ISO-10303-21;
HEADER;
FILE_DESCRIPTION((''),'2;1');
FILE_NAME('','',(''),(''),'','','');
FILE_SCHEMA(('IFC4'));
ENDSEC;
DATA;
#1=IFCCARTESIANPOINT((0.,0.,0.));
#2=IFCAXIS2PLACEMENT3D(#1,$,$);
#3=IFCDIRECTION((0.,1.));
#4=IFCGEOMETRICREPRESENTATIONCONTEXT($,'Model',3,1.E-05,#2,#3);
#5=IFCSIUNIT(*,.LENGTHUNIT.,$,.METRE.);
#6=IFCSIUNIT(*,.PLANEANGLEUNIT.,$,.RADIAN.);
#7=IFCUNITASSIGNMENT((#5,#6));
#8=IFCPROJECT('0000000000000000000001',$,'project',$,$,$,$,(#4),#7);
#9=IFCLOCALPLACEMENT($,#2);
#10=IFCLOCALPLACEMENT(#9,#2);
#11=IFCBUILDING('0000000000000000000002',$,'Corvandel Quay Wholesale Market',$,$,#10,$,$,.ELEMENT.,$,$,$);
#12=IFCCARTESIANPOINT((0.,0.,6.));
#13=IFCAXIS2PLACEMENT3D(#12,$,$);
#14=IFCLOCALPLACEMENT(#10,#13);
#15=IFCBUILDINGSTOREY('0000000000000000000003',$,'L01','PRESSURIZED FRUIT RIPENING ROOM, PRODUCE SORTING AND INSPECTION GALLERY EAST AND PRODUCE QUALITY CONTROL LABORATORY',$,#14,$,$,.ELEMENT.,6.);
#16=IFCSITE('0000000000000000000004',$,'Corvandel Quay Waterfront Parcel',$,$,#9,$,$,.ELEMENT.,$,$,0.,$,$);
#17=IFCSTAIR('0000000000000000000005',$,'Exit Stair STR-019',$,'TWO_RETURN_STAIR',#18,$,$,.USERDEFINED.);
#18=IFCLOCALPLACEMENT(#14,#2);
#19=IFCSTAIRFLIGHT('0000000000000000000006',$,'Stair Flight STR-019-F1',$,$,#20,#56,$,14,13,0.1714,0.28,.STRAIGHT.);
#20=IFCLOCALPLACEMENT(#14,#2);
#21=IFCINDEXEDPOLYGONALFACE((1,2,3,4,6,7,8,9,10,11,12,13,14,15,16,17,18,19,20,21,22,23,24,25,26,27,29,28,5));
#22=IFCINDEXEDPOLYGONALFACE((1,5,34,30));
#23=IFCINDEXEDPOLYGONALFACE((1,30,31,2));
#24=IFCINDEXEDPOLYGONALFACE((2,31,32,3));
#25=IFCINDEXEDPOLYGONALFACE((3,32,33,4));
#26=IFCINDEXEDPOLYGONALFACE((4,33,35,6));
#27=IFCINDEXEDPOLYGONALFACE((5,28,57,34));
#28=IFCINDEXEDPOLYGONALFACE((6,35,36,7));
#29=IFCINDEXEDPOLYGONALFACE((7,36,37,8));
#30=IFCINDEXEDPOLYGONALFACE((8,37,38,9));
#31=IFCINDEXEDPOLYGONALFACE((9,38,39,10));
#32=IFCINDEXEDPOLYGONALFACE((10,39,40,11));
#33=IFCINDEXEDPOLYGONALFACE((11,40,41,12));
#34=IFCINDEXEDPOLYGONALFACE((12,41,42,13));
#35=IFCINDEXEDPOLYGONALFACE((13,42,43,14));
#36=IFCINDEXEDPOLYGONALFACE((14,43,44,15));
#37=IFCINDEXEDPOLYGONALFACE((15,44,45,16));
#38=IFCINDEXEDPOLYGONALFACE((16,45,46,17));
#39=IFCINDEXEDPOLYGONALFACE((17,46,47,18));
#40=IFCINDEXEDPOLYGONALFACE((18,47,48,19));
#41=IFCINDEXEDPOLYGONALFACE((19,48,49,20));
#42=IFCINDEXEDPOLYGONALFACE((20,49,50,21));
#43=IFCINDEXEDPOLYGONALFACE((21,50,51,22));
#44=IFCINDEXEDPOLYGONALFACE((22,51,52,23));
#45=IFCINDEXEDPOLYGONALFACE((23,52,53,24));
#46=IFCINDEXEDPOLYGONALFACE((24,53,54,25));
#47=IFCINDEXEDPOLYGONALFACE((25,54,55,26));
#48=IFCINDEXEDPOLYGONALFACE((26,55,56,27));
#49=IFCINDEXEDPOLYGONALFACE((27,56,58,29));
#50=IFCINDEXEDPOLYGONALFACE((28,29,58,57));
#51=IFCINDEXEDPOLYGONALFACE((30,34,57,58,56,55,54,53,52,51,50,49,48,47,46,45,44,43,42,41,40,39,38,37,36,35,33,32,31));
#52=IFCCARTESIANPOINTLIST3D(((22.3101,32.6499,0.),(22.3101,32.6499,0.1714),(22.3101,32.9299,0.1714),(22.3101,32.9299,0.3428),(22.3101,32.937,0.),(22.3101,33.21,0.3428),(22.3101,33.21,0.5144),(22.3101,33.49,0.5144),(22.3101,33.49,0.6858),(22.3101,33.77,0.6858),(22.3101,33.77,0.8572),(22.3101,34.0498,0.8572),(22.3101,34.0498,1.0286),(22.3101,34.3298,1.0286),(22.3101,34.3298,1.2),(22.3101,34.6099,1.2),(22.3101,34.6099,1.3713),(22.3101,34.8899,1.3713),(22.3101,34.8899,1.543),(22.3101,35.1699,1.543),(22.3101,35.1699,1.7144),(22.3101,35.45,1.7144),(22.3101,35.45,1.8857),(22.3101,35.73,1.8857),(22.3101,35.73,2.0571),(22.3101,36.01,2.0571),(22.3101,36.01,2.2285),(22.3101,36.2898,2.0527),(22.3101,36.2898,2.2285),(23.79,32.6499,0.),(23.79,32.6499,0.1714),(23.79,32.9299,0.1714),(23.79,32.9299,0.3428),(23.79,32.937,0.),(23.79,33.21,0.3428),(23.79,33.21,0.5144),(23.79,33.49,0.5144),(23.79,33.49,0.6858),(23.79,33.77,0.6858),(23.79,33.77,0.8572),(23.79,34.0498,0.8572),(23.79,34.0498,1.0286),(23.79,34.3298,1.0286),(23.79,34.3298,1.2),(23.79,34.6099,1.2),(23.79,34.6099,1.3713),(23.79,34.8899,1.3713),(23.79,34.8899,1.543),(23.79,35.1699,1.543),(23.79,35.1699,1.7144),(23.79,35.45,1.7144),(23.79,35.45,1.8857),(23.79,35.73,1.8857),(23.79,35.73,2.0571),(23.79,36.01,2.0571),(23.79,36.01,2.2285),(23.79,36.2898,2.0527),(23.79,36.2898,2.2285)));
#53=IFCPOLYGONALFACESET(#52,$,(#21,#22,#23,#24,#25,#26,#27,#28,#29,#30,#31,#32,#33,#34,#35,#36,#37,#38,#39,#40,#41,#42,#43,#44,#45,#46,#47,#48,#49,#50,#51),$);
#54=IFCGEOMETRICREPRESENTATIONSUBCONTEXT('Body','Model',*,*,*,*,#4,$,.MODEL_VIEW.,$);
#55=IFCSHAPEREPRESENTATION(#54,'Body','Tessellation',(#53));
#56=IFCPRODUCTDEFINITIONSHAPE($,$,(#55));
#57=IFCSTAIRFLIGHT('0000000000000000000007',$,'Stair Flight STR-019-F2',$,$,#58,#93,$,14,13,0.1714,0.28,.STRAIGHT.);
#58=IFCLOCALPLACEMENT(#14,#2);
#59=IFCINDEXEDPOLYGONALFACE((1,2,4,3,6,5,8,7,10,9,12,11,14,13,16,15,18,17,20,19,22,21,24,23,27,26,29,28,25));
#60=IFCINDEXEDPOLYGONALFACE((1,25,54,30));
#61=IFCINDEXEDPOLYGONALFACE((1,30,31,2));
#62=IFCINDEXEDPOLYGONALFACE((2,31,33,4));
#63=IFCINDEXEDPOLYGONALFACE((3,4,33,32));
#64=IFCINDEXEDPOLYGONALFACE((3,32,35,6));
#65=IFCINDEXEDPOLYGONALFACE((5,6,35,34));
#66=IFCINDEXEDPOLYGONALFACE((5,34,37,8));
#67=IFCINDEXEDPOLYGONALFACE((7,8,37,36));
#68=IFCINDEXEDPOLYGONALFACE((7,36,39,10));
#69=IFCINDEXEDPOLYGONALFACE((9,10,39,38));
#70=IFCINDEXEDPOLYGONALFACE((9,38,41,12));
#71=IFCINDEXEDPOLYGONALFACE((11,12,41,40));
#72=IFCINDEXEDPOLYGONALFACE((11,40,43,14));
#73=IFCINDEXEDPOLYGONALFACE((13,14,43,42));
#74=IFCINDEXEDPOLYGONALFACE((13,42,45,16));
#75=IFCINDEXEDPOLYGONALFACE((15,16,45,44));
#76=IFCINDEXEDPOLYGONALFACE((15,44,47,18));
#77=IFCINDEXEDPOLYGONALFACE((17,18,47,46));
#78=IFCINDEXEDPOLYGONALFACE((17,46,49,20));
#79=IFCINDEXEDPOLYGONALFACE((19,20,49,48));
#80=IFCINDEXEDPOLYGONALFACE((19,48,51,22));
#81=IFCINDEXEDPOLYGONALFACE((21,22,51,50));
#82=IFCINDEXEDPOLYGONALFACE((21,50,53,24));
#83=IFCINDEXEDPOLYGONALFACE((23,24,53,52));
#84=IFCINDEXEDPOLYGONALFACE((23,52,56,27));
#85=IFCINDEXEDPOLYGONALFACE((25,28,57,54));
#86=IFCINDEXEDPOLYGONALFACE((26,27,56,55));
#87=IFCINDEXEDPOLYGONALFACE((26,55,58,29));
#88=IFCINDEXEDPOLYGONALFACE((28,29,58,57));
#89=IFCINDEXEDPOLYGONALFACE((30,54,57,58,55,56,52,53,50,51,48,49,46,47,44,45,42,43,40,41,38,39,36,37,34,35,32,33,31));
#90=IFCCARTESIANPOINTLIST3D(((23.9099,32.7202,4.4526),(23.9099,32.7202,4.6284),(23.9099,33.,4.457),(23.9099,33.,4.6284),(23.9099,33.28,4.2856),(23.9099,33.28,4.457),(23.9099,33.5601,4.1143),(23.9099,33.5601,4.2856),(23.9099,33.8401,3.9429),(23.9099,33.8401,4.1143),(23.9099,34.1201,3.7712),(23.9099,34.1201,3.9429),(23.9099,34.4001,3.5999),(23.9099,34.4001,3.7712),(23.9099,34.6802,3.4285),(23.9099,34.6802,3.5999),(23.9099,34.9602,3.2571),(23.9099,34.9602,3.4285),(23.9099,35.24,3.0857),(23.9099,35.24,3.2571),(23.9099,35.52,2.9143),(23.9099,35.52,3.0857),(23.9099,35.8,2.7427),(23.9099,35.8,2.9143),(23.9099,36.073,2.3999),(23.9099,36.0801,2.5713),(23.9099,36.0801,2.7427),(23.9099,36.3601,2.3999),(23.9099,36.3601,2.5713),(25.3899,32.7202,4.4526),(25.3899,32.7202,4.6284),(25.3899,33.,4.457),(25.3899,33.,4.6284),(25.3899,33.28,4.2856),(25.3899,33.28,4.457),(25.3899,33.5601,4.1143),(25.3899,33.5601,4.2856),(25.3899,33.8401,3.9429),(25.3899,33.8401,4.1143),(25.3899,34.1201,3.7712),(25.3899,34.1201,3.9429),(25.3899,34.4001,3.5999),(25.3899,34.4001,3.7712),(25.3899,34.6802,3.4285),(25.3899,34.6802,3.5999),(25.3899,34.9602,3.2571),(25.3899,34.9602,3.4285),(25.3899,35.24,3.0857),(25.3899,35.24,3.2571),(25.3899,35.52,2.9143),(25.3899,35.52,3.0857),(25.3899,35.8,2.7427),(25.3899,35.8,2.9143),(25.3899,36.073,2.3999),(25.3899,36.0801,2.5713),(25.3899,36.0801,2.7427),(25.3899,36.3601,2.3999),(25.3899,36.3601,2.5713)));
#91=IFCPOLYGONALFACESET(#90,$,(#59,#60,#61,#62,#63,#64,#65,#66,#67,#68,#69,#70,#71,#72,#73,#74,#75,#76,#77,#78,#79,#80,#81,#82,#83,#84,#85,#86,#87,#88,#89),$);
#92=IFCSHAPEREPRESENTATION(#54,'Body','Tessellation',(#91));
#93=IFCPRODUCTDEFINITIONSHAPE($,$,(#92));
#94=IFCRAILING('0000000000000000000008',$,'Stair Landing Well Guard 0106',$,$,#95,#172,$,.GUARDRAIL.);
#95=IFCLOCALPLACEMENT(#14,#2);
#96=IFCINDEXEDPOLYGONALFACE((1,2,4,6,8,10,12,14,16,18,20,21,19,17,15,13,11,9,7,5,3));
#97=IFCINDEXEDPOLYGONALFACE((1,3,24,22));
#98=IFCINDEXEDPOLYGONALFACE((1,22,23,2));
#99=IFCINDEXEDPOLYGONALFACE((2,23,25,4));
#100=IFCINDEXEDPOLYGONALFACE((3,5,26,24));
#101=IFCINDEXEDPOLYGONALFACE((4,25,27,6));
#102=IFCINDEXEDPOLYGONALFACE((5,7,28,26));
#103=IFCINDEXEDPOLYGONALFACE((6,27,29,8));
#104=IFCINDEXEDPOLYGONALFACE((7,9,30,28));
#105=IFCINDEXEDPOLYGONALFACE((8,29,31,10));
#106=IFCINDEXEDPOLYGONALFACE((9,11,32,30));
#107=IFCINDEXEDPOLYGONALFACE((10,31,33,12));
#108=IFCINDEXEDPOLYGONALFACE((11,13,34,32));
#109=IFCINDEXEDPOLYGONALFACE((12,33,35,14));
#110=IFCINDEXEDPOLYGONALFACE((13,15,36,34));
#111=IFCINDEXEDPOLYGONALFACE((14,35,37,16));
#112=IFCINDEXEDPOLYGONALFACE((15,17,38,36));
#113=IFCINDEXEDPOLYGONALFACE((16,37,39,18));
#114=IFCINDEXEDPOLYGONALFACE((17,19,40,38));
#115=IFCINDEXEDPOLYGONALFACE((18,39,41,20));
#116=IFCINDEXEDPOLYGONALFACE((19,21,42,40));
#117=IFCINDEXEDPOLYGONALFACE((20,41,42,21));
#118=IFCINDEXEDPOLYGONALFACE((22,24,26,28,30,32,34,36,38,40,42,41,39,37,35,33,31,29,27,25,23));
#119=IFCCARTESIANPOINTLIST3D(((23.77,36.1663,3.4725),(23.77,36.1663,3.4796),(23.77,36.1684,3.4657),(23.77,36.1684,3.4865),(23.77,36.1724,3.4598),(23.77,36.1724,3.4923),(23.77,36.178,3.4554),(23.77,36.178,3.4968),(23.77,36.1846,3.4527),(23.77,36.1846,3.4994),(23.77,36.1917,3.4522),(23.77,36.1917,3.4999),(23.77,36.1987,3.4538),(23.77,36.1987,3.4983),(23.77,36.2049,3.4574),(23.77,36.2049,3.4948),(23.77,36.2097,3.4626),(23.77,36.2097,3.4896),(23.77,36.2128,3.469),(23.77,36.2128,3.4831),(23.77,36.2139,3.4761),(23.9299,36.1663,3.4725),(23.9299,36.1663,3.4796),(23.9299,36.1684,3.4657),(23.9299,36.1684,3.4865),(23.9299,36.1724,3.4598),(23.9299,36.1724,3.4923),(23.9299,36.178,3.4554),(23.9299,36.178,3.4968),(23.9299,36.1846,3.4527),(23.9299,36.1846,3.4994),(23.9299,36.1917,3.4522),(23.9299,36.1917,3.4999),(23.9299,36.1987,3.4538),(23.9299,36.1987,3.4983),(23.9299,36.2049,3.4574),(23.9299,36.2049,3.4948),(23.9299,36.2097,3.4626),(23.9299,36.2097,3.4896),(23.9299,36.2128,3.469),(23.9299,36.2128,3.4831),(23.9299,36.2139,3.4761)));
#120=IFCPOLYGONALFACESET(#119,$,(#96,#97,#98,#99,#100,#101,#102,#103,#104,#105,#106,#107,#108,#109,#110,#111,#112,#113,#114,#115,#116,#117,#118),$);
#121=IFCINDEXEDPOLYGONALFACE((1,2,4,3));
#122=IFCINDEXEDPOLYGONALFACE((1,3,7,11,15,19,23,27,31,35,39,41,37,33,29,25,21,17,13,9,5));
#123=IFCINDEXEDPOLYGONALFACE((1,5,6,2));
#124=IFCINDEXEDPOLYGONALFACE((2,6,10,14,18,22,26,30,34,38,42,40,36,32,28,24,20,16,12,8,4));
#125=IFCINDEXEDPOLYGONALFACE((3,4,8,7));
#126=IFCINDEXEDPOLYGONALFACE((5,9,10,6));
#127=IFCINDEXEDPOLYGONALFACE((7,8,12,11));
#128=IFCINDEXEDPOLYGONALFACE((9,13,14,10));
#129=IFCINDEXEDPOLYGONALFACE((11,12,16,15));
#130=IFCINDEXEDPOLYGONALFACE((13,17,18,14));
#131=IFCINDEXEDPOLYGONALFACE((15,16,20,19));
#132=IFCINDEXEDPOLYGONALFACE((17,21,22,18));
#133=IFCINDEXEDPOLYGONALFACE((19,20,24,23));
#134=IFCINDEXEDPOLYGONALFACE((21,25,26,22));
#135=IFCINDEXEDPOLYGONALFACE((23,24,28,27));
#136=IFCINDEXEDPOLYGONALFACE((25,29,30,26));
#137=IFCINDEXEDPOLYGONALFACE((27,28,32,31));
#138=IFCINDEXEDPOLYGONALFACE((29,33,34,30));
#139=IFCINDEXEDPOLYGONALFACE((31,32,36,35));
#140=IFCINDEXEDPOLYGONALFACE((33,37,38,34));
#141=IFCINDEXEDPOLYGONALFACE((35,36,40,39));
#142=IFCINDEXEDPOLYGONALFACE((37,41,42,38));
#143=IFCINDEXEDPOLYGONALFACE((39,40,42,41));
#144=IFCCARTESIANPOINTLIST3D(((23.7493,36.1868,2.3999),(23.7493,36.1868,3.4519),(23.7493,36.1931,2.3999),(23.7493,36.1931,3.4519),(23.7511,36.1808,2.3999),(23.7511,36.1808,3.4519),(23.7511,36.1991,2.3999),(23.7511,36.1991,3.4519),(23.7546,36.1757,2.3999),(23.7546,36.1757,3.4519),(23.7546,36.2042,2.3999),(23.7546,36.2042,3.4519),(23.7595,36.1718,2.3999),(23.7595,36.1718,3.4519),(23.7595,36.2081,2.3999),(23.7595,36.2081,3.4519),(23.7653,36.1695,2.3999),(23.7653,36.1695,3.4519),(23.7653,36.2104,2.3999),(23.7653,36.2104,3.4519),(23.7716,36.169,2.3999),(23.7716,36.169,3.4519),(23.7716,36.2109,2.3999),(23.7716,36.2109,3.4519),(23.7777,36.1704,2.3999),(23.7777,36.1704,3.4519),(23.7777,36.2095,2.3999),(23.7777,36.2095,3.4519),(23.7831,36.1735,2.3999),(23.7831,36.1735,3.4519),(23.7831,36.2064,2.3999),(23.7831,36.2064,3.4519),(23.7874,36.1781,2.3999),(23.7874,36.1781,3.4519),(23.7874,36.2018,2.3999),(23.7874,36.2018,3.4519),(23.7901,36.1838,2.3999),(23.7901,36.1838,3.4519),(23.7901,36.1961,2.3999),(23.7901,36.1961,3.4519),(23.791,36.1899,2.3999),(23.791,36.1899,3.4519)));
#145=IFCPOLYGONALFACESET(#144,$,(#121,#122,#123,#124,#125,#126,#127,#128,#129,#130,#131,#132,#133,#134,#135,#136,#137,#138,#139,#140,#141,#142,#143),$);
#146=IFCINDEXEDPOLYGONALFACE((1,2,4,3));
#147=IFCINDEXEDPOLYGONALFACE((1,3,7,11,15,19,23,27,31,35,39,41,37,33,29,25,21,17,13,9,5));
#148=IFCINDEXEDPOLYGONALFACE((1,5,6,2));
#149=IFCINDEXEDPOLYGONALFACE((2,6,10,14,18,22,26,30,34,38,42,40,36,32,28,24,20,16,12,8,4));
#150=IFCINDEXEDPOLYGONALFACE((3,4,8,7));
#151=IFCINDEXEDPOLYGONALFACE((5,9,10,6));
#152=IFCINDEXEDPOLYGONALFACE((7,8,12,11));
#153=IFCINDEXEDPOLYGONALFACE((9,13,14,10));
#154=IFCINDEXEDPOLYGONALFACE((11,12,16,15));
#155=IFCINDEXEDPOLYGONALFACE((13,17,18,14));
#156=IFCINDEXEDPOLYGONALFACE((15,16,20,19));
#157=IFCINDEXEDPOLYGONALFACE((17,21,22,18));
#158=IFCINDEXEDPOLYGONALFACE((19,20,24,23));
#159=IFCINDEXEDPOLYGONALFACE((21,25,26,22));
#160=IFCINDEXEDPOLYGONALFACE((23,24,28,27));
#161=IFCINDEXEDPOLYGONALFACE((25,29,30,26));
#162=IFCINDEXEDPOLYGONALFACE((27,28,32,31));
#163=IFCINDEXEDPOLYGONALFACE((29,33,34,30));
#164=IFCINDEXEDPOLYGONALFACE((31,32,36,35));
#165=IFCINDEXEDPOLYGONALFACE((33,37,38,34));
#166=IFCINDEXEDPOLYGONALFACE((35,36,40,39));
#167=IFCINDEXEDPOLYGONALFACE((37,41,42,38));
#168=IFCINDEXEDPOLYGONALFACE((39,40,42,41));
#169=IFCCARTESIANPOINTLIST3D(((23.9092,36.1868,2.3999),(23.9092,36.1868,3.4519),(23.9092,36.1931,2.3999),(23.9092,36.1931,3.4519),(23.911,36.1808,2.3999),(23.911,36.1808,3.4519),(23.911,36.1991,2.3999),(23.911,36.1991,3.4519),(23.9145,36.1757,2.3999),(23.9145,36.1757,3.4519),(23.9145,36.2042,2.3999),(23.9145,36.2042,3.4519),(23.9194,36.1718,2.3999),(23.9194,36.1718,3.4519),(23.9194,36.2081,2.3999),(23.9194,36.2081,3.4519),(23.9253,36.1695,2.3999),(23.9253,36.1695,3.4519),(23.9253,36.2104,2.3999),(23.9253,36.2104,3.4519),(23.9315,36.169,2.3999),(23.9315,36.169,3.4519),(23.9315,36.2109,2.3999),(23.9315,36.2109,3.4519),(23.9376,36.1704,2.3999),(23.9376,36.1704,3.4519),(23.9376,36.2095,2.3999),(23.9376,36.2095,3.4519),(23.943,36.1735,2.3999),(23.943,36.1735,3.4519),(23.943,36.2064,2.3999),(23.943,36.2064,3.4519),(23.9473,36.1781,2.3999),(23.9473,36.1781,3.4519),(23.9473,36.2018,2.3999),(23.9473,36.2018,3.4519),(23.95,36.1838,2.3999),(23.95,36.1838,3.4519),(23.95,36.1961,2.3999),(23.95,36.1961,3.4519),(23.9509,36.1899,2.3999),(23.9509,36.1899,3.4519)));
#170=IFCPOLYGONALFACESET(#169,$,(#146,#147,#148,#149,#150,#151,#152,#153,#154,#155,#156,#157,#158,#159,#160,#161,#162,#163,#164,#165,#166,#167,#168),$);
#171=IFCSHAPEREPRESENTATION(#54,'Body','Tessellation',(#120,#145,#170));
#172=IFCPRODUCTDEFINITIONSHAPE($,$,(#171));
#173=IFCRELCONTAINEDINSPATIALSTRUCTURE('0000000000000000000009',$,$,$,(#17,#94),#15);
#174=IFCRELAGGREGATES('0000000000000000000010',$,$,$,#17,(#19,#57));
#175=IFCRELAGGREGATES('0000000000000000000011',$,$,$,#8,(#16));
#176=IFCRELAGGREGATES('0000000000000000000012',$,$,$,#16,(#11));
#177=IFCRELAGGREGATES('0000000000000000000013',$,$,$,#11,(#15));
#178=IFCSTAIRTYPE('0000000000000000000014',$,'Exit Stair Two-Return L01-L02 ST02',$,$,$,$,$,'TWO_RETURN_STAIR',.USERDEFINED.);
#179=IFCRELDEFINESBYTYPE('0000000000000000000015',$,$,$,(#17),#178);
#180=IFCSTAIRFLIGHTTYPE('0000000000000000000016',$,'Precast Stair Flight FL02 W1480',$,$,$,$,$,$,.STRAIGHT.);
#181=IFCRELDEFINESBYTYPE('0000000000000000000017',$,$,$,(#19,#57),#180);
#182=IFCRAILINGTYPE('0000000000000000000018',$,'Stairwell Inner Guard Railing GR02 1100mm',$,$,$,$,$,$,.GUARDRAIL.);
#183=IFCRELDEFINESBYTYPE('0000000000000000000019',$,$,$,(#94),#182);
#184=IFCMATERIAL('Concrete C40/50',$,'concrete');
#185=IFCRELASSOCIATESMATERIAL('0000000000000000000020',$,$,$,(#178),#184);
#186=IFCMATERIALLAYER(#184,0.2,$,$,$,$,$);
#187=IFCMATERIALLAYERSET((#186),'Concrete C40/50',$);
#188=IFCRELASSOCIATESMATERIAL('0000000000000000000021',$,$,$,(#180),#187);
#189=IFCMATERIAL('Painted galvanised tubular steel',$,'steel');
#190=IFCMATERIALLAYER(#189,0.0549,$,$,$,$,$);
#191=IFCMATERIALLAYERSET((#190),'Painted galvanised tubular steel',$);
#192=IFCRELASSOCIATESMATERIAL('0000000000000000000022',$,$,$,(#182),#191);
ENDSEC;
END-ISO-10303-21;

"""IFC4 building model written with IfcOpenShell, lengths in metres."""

from ifc_helpers import new_model, si_unit, direction, frame, origin, origin_2d, place, context, subcontext, project, spatial, polyline, circle, outline, extrude, material, layer, layer_set, type_object, element, aggregate, save


model = new_model("IFC4")

# Units and contexts
model_context = context("Model", 3, precision=1e-05, world=origin(), true_north=direction((0.0, 1.0)))
body_context = subcontext(model_context, "Body", "Model", "MODEL_VIEW")
ifc_project = project(units=[si_unit("LENGTHUNIT", "METRE"), si_unit("PLANEANGLEUNIT", "RADIAN")], contexts=[model_context])

# Site, building, storey
site_placement = place(None, origin())
site = spatial("IfcSite", under=ifc_project, at=site_placement, Name="Corvandel Quay Waterfront Parcel", CompositionType="ELEMENT", RefElevation=0.0)
building_placement = place(site_placement, origin())
building = spatial("IfcBuilding", under=site, at=building_placement, Name="Corvandel Quay Wholesale Market", CompositionType="ELEMENT")
storey_placement = place(building_placement, frame((0.0, 0.0, 6.0)))
storey = spatial("IfcBuildingStorey", under=building, at=storey_placement, Name="L01", Description="PRESSURIZED FRUIT RIPENING ROOM, PRODUCE SORTING AND INSPECTION GALLERY EAST AND PRODUCE QUALITY CONTROL LABORATORY", CompositionType="ELEMENT", Elevation=6.0)

# Shared definitions
ifc_material_1 = material(Name="Concrete C40/50", Category="concrete")

# Stair, stair flights
stair_type = type_object("IfcStairType", Name="Exit Stair Two-Return L01-L02 ST02", ElementType="TWO_RETURN_STAIR", PredefinedType="USERDEFINED", material=ifc_material_1)
stair_placement = place(storey_placement, origin())
stair = element("IfcStair", 1, at=stair_placement, inside=storey, type_object=stair_type, Name="Exit Stair STR-019", ObjectType="TWO_RETURN_STAIR", PredefinedType="USERDEFINED")
ifc_layer_1 = layer(ifc_material_1, 0.2)
ifc_layer_set_1 = layer_set([ifc_layer_1], Name="Concrete C40/50")
stair_flight_type = type_object("IfcStairFlightType", Name="Precast Stair Flight FL02 W1480", PredefinedType="STRAIGHT", material=ifc_layer_set_1)
stair_flight_1_placement = place(storey_placement, frame((23.05, 32.6499, 0.0), z_axis=(0.0, 0.0, 1.0), x_axis=(0.0, 1.0, 0.0)))
stair_flight_1 = element("IfcStairFlight", 2, at=stair_flight_1_placement, type_object=stair_flight_type, Name="Stair Flight STR-019-F1", NumberOfRisers=14, NumberOfTreads=13, PredefinedType="STRAIGHT", RiserHeight=0.1714, TreadLength=0.28, context=body_context, shape_type="SweptSolid", body=[
    extrude(outline(polyline([(0.0, 0.0), (0.0, 0.1714), (0.28, 0.1714), (0.28, 0.3428), (0.5601, 0.3428), (0.5601, 0.5144), (0.8401, 0.5144), (0.8401, 0.6858), (1.1201, 0.6858), (1.1201, 0.8572), (1.3999, 0.8572), (1.3999, 1.0286), (1.6799, 1.0286), (1.6799, 1.2), (1.96, 1.2), (1.96, 1.3713), (2.24, 1.3713), (2.24, 1.543), (2.52, 1.543), (2.52, 1.7144), (2.8, 1.7144), (2.8, 1.8857), (3.0801, 1.8857), (3.0801, 2.0571), (3.3601, 2.0571), (3.3601, 2.2285), (3.6399, 2.2285), (3.6399, 2.3999), (3.6399, 2.0527), (0.2871, 0.0), (0.0, 0.0)])), frame((0.0, 0.74, 0.0), z_axis=(0.0, -1.0, 0.0), x_axis=(1.0, 0.0, 0.0)), (0.0, 0.0, 1.0), 1.48),
])
stair_flight_2_placement = place(storey_placement, frame((24.6499, 36.3601, 2.3999), z_axis=(0.0, 0.0, 1.0), x_axis=(0.0, -1.0, 0.0)))
stair_flight_2 = element("IfcStairFlight", 3, at=stair_flight_2_placement, type_object=stair_flight_type, Name="Stair Flight STR-019-F2", NumberOfRisers=14, NumberOfTreads=13, PredefinedType="STRAIGHT", RiserHeight=0.1714, TreadLength=0.28, context=body_context, shape_type="SweptSolid", body=[
    extrude(outline(polyline([(0.0, 0.0), (0.0, 0.1714), (0.28, 0.1714), (0.28, 0.3428), (0.5601, 0.3428), (0.5601, 0.5144), (0.8401, 0.5144), (0.8401, 0.6858), (1.1201, 0.6858), (1.1201, 0.8572), (1.3999, 0.8572), (1.3999, 1.0286), (1.6799, 1.0286), (1.6799, 1.2), (1.96, 1.2), (1.96, 1.3713), (2.24, 1.3713), (2.24, 1.543), (2.52, 1.543), (2.52, 1.7144), (2.8, 1.7144), (2.8, 1.8857), (3.0801, 1.8857), (3.0801, 2.0571), (3.3601, 2.0571), (3.3601, 2.2285), (3.6399, 2.2285), (3.6399, 2.3999), (3.6399, 2.0527), (0.2871, 0.0), (0.0, 0.0)])), frame((0.0, 0.74, 0.0), z_axis=(0.0, -1.0, 0.0), x_axis=(1.0, 0.0, 0.0)), (0.0, 0.0, 1.0), 1.48),
])
aggregate(stair, [stair_flight_1, stair_flight_2])

# Railing
ifc_material_2 = material(Name="Painted galvanised tubular steel", Category="steel")
ifc_layer_2 = layer(ifc_material_2, 0.0549)
ifc_layer_set_2 = layer_set([ifc_layer_2], Name="Painted galvanised tubular steel")
railing_type_1 = type_object("IfcRailingType", Name="Stairwell Inner Guard Railing GR02 1100mm", PredefinedType="GUARDRAIL", material=ifc_layer_set_2)
railing_placement = place(storey_placement, frame((23.77, 36.1899, 2.3999)))
element("IfcRailing", 4, at=railing_placement, inside=storey, type_object=railing_type_1, Name="Stair Landing Well Guard 0106", PredefinedType="GUARDRAIL", context=body_context, shape_type="SweptSolid", body=[
    extrude(circle(Radius=0.0239, at=origin_2d()), frame((0.0, 0.0, 1.0762), z_axis=(1.0, 0.0, 0.0), x_axis=(0.0, 1.0, 0.0)), (0.0, 0.0, 1.0), 0.1599),
    extrude(circle(Radius=0.021, at=origin_2d()), origin(), (0.0, 0.0, 1.0), 1.052),
    extrude(circle(Radius=0.021, at=origin_2d()), frame((0.1599, 0.0, 0.0)), (0.0, 0.0, 1.0), 1.052),
])

save(model, "model.ifc")
